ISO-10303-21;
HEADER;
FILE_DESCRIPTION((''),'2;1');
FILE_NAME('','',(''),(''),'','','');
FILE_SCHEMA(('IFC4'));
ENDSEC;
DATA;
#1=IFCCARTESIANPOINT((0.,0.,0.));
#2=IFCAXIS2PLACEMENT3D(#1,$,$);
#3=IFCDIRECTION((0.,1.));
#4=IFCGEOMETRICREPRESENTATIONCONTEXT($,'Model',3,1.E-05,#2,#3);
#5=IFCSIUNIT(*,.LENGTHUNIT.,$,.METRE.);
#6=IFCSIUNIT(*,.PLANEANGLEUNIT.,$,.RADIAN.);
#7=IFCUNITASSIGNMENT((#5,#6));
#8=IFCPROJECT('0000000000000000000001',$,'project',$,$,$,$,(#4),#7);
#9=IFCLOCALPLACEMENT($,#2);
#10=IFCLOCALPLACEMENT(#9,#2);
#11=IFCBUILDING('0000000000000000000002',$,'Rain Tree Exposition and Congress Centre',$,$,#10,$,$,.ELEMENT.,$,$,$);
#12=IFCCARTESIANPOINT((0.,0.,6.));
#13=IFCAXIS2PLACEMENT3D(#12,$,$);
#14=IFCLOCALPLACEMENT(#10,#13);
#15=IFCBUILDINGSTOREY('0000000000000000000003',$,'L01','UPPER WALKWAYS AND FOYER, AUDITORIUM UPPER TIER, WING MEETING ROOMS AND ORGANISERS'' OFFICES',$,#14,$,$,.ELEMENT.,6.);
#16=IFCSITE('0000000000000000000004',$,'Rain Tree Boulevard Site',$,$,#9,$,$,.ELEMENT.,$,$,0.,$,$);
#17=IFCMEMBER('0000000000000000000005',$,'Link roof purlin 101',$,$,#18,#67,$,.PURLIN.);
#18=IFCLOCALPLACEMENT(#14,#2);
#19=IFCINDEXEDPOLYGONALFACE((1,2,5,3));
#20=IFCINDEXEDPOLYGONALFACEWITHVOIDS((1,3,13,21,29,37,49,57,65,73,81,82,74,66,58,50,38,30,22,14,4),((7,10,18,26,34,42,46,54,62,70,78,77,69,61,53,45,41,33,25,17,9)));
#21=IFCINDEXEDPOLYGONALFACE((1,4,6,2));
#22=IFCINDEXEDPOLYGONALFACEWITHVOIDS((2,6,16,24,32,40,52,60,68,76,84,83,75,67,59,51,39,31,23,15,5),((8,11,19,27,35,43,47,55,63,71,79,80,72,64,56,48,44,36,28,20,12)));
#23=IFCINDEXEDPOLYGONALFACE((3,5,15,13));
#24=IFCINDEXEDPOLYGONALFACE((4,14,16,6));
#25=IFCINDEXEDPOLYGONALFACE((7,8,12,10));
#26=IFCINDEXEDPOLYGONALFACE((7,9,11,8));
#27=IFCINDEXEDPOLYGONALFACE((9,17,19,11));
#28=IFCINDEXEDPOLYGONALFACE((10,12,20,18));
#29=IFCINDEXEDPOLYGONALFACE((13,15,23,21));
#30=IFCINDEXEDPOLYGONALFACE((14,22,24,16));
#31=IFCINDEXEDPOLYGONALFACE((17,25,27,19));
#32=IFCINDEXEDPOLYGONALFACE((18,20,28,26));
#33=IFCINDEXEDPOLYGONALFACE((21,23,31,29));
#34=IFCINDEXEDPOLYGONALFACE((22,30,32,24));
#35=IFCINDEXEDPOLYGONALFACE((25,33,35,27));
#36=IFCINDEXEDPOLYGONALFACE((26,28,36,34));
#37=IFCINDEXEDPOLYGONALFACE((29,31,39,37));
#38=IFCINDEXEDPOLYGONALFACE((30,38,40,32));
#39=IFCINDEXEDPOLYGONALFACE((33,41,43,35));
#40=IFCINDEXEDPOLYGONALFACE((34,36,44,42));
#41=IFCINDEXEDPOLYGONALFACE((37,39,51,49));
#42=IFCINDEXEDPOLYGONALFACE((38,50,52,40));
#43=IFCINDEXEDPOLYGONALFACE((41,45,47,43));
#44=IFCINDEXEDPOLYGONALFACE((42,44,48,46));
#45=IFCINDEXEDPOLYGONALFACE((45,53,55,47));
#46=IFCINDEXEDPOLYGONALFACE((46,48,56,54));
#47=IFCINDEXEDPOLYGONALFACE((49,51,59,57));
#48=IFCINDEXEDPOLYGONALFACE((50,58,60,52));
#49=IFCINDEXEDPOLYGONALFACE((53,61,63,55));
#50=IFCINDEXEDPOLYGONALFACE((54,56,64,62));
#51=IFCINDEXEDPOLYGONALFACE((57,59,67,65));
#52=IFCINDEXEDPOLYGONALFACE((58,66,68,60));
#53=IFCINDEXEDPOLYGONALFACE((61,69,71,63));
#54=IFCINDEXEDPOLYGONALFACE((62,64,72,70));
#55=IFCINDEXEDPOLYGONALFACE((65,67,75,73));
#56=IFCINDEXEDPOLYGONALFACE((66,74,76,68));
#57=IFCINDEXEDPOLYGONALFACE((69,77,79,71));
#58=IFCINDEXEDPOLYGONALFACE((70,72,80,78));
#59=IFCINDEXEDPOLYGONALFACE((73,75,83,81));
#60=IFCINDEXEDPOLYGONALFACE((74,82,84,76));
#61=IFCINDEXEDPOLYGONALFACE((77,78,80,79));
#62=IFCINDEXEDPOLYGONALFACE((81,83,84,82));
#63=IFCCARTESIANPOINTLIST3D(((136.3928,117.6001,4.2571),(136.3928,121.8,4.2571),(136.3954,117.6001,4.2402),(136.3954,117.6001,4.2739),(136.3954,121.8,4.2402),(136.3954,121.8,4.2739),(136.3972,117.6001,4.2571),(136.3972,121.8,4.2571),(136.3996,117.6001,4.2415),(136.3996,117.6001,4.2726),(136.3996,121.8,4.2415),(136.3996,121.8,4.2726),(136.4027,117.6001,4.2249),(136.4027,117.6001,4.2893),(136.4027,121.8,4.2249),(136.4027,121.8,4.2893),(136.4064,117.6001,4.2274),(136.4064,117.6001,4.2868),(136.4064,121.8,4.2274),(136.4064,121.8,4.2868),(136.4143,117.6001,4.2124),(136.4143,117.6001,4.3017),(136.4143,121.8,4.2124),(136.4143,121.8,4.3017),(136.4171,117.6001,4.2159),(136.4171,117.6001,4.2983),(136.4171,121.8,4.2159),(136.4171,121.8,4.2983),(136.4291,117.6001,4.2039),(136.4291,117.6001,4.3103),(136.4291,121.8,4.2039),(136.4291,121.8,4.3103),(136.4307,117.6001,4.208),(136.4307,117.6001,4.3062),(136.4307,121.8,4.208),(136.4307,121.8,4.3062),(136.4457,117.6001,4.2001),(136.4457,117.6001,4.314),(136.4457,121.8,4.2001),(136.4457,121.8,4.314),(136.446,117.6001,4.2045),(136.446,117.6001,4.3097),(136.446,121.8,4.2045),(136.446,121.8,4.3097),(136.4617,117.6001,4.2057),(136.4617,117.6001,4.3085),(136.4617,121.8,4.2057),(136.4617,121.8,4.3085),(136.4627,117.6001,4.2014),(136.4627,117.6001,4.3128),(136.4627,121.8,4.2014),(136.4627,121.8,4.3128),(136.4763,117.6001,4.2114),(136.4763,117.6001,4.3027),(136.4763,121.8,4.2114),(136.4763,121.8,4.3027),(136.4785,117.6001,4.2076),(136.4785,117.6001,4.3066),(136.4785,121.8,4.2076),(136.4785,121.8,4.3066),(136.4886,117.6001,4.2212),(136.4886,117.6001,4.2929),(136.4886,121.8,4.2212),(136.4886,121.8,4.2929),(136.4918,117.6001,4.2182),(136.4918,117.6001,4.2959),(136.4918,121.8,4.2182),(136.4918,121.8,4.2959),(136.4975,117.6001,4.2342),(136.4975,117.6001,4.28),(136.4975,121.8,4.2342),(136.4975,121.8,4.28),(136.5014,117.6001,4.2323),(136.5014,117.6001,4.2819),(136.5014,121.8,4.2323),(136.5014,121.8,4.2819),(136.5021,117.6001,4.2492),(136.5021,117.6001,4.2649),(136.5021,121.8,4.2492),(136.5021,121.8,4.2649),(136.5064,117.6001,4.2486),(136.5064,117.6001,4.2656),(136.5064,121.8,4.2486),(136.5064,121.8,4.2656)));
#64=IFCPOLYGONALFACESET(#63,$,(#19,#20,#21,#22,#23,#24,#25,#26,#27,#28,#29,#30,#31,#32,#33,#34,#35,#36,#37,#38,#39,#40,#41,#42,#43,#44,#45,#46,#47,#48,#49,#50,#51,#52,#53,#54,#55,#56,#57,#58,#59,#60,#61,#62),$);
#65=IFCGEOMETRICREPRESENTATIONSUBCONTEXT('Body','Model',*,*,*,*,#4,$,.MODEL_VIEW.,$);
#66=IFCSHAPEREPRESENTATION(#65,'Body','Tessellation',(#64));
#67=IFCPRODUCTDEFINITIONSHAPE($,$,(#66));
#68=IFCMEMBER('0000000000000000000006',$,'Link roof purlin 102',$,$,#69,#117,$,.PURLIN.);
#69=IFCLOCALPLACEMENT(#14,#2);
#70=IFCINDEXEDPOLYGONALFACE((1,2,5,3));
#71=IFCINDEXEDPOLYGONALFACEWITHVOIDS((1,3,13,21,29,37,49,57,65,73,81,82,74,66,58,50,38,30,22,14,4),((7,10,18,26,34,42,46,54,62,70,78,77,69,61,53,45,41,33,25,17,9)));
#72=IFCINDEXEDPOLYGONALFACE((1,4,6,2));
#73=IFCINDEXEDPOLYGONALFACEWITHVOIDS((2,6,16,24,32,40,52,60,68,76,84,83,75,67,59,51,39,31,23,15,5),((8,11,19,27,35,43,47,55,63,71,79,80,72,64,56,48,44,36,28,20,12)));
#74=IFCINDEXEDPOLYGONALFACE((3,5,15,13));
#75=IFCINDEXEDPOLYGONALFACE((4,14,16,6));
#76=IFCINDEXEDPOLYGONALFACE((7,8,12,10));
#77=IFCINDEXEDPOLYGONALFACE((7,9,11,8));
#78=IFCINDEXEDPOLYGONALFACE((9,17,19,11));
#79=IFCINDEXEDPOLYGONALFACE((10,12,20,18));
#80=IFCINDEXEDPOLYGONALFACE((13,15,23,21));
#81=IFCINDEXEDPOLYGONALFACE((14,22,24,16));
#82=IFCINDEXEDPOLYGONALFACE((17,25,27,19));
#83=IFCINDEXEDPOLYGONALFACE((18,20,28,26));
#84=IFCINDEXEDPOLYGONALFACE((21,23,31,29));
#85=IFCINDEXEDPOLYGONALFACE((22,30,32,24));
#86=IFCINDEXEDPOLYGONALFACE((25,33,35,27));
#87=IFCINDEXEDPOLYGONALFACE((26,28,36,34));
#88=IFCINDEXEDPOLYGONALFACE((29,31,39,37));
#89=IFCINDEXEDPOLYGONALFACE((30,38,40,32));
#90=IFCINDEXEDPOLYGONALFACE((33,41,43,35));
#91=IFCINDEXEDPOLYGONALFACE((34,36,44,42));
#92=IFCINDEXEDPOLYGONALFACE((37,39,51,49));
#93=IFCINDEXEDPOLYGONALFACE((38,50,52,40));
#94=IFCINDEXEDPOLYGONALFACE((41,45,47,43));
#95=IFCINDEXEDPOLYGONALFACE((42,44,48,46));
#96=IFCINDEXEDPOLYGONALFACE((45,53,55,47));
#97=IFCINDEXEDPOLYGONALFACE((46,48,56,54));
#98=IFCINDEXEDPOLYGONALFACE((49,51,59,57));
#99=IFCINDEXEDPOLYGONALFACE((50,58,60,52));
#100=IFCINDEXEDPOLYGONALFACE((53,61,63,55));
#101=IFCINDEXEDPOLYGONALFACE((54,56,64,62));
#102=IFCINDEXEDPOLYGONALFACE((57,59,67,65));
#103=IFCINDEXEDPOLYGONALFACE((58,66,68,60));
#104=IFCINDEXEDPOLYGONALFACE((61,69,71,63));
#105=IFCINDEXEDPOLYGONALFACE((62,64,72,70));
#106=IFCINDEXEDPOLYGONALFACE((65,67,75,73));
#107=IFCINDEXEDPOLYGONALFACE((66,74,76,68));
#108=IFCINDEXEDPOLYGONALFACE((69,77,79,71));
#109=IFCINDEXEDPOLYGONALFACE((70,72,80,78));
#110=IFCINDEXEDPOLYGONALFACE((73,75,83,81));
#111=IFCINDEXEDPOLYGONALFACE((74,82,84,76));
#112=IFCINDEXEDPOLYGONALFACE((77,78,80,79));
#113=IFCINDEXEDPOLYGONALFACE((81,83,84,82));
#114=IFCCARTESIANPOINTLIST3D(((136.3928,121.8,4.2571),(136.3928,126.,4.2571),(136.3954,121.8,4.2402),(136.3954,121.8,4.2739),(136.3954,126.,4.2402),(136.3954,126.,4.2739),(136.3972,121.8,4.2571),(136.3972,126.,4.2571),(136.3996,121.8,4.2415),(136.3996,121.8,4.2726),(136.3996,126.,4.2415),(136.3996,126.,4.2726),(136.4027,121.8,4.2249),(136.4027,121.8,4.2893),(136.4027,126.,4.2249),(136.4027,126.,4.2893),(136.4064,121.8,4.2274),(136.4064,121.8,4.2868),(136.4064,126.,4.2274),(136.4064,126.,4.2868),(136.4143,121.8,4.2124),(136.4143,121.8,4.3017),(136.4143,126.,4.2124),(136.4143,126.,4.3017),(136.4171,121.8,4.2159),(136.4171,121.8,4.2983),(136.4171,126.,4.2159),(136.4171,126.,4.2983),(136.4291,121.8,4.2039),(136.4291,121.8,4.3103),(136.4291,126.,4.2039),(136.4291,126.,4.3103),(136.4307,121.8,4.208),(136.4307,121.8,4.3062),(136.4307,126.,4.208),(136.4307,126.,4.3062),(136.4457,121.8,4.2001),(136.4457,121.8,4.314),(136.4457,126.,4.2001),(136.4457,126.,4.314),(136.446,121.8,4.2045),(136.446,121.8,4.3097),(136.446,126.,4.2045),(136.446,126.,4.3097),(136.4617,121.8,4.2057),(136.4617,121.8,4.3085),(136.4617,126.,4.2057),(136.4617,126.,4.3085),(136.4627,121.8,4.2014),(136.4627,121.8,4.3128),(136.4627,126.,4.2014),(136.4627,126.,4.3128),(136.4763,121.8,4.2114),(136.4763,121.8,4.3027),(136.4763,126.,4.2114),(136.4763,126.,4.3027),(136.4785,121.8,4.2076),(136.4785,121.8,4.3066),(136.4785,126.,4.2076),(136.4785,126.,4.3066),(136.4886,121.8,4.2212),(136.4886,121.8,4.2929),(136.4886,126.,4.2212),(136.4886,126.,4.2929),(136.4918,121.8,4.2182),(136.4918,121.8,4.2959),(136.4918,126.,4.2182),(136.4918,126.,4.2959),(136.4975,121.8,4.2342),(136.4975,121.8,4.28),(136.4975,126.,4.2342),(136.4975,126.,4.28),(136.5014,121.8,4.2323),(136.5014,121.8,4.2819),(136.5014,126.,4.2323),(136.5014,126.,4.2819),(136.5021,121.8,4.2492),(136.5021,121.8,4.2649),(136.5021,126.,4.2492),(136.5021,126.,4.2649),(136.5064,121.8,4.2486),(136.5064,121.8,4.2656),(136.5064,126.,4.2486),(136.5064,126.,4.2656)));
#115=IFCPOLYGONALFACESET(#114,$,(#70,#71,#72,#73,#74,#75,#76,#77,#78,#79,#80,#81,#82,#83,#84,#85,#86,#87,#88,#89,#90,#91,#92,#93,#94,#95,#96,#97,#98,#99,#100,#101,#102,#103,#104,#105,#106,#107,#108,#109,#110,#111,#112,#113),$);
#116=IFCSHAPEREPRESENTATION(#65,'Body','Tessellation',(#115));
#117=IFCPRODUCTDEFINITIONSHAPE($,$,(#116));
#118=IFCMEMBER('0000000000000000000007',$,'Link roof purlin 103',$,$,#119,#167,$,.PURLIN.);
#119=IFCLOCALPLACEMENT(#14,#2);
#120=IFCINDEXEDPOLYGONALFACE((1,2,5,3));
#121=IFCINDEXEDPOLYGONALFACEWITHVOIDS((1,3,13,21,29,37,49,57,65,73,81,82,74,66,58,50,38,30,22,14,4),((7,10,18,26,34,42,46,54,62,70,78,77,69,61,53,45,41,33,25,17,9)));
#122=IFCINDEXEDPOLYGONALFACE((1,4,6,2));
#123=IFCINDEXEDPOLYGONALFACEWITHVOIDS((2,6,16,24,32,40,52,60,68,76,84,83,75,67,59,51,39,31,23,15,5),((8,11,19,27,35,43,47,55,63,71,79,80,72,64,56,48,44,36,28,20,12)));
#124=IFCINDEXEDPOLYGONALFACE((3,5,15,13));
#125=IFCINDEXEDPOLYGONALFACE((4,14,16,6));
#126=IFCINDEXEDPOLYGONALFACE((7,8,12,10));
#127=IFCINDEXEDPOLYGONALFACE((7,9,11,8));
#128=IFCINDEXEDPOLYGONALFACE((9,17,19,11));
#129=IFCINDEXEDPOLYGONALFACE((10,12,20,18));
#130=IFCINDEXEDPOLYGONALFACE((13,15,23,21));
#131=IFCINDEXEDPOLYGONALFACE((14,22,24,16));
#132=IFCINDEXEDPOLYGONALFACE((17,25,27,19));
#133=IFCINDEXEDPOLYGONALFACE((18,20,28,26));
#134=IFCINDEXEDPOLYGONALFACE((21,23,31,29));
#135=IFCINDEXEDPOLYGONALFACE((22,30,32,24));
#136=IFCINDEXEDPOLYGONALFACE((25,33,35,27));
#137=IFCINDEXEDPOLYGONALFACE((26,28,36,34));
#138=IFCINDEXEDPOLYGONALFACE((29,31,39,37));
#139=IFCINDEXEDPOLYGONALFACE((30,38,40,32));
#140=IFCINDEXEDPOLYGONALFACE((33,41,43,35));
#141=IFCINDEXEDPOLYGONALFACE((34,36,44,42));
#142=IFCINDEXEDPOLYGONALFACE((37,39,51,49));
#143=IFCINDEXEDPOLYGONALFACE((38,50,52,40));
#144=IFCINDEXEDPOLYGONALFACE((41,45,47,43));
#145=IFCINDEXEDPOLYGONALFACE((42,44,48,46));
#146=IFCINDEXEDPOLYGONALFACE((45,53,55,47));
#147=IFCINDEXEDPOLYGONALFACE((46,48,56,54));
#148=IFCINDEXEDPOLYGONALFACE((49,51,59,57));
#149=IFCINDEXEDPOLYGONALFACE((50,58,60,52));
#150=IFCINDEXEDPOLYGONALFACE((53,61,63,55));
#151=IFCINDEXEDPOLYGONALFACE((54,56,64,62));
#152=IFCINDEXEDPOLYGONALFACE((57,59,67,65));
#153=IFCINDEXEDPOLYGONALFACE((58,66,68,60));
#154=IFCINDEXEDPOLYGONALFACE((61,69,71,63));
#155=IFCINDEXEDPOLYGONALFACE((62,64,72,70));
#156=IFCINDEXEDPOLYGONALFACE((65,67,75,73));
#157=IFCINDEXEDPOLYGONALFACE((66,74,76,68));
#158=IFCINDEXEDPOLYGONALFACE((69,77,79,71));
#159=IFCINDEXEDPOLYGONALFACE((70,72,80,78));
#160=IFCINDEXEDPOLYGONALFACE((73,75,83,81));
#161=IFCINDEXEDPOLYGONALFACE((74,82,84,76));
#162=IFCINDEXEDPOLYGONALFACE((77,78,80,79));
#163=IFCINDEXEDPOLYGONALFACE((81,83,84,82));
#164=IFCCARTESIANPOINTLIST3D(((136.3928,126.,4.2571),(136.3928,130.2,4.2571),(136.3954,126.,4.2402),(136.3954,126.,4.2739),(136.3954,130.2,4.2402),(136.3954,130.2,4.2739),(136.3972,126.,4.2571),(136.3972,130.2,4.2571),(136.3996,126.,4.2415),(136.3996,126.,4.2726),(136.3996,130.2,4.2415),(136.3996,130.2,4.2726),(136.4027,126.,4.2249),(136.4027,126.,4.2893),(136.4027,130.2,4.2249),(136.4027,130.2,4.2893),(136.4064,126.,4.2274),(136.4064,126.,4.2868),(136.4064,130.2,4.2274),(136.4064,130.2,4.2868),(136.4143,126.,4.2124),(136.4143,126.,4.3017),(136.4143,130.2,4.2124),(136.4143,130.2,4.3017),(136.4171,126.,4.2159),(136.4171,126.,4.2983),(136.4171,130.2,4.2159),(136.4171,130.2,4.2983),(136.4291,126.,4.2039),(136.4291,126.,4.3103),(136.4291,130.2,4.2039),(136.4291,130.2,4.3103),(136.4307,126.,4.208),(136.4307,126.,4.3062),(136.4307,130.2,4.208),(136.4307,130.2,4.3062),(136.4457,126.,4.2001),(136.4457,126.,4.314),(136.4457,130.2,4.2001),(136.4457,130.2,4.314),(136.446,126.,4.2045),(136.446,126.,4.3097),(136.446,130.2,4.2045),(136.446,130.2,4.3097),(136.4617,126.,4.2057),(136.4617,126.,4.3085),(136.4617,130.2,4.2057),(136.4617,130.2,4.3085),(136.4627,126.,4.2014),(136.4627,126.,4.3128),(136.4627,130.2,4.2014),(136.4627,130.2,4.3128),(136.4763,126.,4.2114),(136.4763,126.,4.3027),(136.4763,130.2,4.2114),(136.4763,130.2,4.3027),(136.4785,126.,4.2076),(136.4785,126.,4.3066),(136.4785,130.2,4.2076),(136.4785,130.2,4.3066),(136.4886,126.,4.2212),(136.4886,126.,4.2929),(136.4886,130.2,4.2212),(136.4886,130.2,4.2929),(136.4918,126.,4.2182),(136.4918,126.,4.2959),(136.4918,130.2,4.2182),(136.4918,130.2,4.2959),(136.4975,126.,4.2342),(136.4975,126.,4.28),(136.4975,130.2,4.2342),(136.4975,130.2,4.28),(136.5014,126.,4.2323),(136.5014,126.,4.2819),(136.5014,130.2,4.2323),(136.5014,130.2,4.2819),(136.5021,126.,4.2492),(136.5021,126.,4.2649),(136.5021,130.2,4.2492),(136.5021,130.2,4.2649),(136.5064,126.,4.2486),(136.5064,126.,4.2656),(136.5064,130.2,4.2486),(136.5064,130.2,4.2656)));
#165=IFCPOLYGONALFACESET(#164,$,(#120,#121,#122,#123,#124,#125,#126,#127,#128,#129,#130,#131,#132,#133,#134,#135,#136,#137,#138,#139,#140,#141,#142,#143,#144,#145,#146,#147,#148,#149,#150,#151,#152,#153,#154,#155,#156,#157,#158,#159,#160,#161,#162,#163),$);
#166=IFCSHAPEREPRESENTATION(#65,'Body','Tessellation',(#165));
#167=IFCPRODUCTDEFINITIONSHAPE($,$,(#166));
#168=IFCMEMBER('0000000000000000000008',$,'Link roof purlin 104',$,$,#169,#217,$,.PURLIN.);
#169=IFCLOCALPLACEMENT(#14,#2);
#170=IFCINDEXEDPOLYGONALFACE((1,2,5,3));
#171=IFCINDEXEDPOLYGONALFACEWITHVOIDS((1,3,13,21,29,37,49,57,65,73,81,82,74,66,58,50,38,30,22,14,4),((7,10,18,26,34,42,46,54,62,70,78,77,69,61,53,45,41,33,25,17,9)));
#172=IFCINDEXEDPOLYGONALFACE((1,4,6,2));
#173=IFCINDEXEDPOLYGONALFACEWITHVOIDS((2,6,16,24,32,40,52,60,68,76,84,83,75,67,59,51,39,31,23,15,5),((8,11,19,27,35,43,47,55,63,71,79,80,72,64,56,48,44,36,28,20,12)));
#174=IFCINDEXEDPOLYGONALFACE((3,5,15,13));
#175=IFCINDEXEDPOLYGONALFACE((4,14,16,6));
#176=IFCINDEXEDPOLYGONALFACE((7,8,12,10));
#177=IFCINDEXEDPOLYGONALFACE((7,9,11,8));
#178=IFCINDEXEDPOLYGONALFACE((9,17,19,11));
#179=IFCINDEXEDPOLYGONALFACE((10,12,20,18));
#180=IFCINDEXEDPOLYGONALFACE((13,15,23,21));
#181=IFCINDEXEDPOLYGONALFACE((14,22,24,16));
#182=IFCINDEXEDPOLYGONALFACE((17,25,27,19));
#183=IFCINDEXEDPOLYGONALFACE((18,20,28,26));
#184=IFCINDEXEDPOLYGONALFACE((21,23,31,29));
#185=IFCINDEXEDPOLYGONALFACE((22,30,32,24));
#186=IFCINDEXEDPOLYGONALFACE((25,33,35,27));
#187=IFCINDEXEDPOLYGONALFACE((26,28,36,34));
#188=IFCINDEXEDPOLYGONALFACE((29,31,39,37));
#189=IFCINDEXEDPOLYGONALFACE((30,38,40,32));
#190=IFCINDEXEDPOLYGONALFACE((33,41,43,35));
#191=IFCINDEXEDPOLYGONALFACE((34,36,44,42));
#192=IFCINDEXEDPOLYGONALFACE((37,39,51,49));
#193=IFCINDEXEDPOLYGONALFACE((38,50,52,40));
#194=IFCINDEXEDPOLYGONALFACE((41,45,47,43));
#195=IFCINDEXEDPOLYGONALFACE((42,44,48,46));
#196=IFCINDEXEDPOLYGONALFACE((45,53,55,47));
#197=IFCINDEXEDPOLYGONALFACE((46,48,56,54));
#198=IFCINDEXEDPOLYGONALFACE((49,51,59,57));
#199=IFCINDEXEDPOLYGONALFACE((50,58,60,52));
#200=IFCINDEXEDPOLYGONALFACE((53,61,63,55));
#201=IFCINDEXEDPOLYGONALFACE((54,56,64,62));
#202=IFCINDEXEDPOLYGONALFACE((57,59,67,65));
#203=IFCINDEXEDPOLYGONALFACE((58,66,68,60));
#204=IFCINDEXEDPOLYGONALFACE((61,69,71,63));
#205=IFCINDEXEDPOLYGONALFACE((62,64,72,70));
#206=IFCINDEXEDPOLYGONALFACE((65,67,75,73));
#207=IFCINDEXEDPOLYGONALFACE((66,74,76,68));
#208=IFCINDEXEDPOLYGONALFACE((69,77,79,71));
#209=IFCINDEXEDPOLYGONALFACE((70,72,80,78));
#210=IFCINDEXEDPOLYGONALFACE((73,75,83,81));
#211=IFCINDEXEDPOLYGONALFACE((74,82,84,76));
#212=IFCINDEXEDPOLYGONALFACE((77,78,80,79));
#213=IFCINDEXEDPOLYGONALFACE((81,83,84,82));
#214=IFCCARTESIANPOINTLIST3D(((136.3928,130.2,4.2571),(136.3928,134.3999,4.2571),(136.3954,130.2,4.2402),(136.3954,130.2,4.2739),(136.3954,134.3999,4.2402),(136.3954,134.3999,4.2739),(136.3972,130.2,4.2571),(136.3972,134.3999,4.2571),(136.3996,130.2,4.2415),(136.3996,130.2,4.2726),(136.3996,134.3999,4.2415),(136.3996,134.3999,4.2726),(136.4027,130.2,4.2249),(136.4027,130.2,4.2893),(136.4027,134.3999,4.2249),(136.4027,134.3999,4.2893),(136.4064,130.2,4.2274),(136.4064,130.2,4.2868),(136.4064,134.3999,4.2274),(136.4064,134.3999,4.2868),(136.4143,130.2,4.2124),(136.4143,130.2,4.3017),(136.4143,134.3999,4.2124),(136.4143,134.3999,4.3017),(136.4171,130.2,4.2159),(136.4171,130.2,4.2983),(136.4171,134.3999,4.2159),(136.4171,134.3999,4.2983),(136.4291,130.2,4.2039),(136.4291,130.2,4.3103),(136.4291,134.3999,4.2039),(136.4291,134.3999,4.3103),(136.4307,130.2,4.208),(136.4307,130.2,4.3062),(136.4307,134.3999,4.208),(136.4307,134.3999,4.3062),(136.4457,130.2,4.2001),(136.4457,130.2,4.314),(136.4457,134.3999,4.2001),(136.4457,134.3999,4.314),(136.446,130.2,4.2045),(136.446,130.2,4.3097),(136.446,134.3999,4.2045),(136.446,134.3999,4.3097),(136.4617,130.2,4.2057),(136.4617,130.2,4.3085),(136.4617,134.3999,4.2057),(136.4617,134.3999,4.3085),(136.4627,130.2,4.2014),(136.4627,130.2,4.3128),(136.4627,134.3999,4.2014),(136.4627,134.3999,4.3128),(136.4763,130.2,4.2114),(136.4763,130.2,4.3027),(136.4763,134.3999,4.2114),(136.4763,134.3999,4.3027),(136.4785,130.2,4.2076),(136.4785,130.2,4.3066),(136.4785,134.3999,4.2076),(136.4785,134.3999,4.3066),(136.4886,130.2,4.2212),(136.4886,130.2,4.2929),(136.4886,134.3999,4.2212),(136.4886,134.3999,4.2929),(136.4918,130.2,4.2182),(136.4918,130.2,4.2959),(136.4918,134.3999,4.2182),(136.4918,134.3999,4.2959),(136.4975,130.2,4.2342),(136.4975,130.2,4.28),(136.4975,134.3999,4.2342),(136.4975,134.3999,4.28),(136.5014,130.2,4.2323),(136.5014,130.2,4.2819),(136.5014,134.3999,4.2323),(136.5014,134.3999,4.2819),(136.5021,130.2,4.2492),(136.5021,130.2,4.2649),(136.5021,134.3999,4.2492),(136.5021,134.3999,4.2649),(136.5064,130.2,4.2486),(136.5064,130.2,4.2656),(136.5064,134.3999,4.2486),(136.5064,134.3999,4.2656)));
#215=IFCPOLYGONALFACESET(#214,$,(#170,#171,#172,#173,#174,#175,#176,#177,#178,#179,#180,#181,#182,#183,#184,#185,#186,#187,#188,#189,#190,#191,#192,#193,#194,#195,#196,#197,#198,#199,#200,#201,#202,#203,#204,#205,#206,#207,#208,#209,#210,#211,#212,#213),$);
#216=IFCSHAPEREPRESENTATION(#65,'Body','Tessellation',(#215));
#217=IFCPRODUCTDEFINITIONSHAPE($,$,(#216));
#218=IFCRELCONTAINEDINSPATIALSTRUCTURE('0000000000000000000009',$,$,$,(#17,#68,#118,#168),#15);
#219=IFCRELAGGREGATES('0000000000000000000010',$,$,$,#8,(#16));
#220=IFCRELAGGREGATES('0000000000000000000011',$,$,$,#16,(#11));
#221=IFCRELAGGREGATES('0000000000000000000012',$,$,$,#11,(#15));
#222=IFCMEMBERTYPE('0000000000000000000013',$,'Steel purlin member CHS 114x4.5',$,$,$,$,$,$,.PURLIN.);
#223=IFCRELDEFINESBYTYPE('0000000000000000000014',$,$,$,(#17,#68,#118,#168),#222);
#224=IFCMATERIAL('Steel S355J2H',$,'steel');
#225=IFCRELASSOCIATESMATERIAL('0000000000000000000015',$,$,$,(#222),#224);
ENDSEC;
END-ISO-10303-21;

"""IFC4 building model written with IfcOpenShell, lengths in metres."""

from ifc_helpers import new_model, si_unit, direction, frame, origin, origin_2d, place, context, subcontext, project, spatial, hollow_circle, extrude, material, material_profile, profile_set, type_object, element, save


model = new_model("IFC4")

# Units and contexts
model_context = context("Model", 3, precision=1e-05, world=origin(), true_north=direction((0.0, 1.0)))
body_context = subcontext(model_context, "Body", "Model", "MODEL_VIEW")
ifc_project = project(units=[si_unit("LENGTHUNIT", "METRE"), si_unit("PLANEANGLEUNIT", "RADIAN")], contexts=[model_context])

# Site, building, storey
site_placement = place(None, origin())
site = spatial("IfcSite", under=ifc_project, at=site_placement, Name="Rain Tree Boulevard Site", CompositionType="ELEMENT", RefElevation=0.0)
building_placement = place(site_placement, origin())
building = spatial("IfcBuilding", under=site, at=building_placement, Name="Rain Tree Exposition and Congress Centre", CompositionType="ELEMENT")
storey_placement = place(building_placement, frame((0.0, 0.0, 6.0)))
storey = spatial("IfcBuildingStorey", under=building, at=storey_placement, Name="L01", Description="UPPER WALKWAYS AND FOYER, AUDITORIUM UPPER TIER, WING MEETING ROOMS AND ORGANISERS' OFFICES", CompositionType="ELEMENT", Elevation=6.0)

# Members
ifc_material = material(Name="Steel S355J2H", Category="steel")
ifc_material_profile = material_profile(ifc_material, hollow_circle(Radius=0.0571, WallThickness=0.0044, at=origin_2d()), Name="CHS 114x4.5")
ifc_profile_set = profile_set([ifc_material_profile], Name="Steel S355J2H")
member_type = type_object("IfcMemberType", Name="Steel purlin member CHS 114x4.5", PredefinedType="PURLIN", material=ifc_profile_set)
for number, where, z_axis, x_axis, name in (
    (1, (136.45, 117.6001, 4.2571), (0.0, 1.0, 0.0), (-1.0, 0.0, 0.0), "Link roof purlin 101"),
    (2, (136.45, 121.8, 4.2571), (0.0, 1.0, 0.0), (-1.0, 0.0, 0.0), "Link roof purlin 102"),
    (3, (136.45, 126.0, 4.2571), (0.0, 1.0, 0.0), (-1.0, 0.0, 0.0), "Link roof purlin 103"),
    (4, (136.45, 130.2, 4.2571), (0.0, 1.0, 0.0), (-1.0, 0.0, 0.0), "Link roof purlin 104"),
):
    element("IfcMember", number, at=place(storey_placement, frame(where, z_axis=z_axis, x_axis=x_axis)), inside=storey, type_object=member_type, Name=name, PredefinedType="PURLIN", context=body_context, shape_type="SweptSolid", body=[
        extrude(hollow_circle(Radius=0.0571, WallThickness=0.0044, at=origin_2d()), origin(), (0.0, 0.0, 1.0), 4.2),
    ])

save(model, "model.ifc")
